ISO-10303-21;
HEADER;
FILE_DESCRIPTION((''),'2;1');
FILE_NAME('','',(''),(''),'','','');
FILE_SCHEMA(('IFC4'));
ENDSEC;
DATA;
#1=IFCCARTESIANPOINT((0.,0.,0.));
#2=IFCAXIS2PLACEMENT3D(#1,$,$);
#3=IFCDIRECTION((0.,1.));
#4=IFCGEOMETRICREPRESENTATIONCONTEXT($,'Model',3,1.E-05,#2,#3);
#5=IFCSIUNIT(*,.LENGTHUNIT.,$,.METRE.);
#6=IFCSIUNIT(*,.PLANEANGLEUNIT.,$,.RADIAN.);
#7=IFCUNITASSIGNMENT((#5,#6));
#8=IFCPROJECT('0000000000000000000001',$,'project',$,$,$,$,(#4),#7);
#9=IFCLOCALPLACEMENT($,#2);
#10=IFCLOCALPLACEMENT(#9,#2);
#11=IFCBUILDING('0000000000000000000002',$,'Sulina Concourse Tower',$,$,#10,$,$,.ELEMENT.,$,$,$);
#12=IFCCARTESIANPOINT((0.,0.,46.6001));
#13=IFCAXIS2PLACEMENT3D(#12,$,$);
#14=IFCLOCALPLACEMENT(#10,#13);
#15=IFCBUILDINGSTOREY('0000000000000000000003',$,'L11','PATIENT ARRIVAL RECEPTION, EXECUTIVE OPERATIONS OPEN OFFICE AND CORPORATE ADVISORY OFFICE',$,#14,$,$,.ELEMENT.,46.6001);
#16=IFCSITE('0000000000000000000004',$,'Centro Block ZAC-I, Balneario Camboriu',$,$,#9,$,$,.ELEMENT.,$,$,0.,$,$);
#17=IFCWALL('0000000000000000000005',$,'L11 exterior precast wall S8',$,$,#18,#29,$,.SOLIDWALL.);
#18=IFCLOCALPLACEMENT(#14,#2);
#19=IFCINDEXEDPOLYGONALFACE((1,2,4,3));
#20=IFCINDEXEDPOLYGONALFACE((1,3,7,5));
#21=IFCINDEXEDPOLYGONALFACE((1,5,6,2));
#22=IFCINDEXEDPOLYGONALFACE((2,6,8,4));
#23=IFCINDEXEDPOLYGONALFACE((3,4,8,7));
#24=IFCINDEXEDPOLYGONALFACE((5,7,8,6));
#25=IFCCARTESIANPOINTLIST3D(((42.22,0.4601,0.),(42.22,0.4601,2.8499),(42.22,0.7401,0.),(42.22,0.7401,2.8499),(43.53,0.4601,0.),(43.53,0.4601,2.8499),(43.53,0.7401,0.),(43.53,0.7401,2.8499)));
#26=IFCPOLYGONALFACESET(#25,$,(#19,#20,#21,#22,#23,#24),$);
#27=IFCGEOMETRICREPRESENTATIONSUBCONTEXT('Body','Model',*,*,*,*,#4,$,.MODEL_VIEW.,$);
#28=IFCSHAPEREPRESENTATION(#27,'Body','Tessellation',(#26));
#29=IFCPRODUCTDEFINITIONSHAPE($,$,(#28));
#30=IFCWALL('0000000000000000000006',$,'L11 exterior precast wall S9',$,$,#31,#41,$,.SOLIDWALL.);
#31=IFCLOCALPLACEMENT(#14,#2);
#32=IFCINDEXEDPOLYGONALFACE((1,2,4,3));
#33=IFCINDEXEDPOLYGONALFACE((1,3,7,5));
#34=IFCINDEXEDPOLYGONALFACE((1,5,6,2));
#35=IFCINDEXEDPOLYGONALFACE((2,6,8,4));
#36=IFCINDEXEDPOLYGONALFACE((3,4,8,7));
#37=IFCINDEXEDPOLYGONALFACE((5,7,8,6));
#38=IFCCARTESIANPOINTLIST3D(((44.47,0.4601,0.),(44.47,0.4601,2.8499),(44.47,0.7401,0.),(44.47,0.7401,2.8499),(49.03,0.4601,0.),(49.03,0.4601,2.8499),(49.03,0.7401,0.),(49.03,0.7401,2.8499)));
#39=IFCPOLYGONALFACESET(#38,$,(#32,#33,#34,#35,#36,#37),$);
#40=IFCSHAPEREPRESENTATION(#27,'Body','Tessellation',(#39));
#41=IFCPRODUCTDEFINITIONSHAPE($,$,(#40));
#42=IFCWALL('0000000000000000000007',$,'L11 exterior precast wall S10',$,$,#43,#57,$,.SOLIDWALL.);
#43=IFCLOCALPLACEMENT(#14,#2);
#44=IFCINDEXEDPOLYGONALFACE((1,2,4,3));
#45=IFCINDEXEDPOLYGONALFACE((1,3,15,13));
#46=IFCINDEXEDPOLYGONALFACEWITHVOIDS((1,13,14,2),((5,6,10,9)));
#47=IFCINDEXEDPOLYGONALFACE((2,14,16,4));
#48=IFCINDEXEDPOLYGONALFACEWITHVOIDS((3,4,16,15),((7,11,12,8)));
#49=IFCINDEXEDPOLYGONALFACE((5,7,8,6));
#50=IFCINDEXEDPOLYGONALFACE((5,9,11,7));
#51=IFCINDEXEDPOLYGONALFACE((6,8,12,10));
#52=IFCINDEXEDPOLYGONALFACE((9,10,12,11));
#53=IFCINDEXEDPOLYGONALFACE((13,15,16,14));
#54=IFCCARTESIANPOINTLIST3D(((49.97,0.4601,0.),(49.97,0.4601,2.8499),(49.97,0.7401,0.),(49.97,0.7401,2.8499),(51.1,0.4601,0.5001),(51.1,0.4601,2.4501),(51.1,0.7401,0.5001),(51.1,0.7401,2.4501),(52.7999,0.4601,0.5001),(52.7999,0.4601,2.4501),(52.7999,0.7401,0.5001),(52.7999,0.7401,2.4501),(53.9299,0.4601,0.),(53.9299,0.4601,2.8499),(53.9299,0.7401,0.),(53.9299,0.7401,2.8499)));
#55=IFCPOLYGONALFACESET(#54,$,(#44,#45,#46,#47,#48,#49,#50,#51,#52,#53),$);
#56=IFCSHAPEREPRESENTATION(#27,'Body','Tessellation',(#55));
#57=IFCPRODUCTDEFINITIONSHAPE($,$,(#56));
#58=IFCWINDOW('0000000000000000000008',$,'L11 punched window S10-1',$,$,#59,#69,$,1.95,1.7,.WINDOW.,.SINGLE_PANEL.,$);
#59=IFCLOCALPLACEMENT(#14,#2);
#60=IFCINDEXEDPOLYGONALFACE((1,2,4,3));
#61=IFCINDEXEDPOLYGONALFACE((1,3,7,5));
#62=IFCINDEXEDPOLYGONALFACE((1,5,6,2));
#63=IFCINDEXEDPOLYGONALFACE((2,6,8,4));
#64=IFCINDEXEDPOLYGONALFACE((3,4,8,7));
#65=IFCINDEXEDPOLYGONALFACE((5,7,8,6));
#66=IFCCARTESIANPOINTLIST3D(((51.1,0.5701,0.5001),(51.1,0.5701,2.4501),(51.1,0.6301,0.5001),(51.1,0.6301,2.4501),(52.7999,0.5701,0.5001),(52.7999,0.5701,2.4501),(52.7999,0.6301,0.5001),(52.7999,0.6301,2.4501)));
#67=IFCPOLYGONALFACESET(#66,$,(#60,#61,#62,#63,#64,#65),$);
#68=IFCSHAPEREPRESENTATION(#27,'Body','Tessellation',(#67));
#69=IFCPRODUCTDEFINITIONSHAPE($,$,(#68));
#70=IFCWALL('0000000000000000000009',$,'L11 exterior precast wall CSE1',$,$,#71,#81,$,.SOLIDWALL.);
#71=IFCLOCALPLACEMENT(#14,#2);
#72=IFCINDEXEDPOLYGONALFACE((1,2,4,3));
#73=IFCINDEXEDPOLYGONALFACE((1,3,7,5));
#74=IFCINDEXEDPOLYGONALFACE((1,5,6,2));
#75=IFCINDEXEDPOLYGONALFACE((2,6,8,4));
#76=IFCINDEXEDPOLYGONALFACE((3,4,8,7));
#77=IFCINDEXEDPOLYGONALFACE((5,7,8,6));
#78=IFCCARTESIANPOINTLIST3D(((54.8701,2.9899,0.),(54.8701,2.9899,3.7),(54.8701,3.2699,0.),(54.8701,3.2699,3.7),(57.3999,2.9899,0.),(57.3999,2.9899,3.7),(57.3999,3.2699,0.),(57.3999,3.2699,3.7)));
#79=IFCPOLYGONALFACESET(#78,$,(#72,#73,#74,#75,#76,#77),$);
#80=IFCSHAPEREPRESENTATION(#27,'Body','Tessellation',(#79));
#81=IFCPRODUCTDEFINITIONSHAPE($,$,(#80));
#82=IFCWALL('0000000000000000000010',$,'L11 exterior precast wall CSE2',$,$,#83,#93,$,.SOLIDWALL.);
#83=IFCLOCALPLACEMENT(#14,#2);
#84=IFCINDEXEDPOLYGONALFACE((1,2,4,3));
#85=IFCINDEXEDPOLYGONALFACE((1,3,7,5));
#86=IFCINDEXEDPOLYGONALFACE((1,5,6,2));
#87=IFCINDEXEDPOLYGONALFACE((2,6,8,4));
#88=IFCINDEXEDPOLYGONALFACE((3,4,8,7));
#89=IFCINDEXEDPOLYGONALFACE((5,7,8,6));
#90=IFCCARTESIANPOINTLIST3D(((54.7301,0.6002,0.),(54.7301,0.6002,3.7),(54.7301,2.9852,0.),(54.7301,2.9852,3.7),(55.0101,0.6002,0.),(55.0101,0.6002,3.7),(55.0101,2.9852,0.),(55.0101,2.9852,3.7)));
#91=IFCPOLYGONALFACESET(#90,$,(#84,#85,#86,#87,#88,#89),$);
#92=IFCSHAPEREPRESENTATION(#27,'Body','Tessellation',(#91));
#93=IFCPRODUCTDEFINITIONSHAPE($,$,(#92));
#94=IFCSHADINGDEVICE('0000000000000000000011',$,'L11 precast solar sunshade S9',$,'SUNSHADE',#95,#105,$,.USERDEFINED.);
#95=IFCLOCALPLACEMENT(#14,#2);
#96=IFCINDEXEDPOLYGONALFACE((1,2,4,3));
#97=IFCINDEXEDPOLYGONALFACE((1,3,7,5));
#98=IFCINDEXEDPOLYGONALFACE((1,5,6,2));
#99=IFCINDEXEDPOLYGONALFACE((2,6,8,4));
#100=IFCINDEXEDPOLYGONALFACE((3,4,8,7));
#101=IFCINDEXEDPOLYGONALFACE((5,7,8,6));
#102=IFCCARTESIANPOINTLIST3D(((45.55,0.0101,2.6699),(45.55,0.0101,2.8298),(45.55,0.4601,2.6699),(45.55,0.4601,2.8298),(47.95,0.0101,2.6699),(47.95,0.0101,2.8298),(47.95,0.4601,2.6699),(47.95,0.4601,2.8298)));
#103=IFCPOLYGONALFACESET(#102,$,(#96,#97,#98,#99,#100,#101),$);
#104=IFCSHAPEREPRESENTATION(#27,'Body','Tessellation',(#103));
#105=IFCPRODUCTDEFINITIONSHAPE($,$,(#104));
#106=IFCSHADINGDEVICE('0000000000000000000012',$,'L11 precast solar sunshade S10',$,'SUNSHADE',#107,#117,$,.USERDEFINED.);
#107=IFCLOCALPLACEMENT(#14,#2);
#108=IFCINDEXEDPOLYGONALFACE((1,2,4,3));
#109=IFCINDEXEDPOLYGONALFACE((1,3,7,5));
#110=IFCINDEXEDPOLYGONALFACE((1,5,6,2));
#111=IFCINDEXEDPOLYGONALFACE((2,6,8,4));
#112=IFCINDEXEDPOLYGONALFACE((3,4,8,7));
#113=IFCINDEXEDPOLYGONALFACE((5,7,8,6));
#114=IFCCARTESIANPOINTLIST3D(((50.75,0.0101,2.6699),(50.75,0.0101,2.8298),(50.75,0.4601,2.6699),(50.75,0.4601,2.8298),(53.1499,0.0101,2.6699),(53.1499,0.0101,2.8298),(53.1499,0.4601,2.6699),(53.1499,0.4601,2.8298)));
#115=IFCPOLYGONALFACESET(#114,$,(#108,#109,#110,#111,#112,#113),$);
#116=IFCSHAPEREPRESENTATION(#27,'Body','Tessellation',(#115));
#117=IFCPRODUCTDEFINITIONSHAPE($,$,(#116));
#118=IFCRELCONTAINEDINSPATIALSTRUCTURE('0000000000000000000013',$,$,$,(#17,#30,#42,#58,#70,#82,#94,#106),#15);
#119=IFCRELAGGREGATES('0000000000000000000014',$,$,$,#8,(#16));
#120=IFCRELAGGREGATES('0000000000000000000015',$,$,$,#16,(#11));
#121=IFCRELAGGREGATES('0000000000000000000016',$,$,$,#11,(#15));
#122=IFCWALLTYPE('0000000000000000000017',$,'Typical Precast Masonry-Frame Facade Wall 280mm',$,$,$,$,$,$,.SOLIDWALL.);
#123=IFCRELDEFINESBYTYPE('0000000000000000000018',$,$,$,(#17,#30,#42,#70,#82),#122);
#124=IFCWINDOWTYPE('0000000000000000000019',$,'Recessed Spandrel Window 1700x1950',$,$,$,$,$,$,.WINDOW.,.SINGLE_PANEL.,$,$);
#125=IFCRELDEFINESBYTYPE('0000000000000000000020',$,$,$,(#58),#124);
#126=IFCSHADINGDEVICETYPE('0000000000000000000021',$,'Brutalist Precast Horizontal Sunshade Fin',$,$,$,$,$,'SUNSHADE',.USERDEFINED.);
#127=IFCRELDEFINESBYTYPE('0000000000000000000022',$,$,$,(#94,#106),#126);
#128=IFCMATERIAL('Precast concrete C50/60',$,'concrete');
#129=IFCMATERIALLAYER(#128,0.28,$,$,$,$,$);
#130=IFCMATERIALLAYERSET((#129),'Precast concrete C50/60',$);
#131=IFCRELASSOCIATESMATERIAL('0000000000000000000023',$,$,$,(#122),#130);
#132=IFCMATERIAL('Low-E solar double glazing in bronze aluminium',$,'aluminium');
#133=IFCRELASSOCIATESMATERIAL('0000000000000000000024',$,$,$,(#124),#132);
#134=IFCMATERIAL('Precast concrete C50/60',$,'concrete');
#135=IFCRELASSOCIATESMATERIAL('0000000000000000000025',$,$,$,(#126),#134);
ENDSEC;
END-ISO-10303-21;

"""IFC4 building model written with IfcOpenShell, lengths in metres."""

from ifc_helpers import new_model, si_unit, direction, frame, frame_2d, origin, origin_2d, place, context, subcontext, project, spatial, rectangle, extrude, material, layer, layer_set, type_object, element, fill, save


model = new_model("IFC4")

# Units and contexts
model_context = context("Model", 3, precision=1e-05, world=origin(), true_north=direction((0.0, 1.0)))
body_context = subcontext(model_context, "Body", "Model", "MODEL_VIEW")
ifc_project = project(units=[si_unit("LENGTHUNIT", "METRE"), si_unit("PLANEANGLEUNIT", "RADIAN")], contexts=[model_context])

# Site, building, storey
site_placement = place(None, origin())
site = spatial("IfcSite", under=ifc_project, at=site_placement, Name="Centro Block ZAC-I, Balneario Camboriu", CompositionType="ELEMENT", RefElevation=0.0)
building_placement = place(site_placement, origin())
building = spatial("IfcBuilding", under=site, at=building_placement, Name="Sulina Concourse Tower", CompositionType="ELEMENT")
storey_placement = place(building_placement, frame((0.0, 0.0, 46.6001)))
storey = spatial("IfcBuildingStorey", under=building, at=storey_placement, Name="L11", Description="PATIENT ARRIVAL RECEPTION, EXECUTIVE OPERATIONS OPEN OFFICE AND CORPORATE ADVISORY OFFICE", CompositionType="ELEMENT", Elevation=46.6001)

# Walls
ifc_material_1 = material(Name="Precast concrete C50/60", Category="concrete")
ifc_layer_1 = layer(ifc_material_1, 0.28)
ifc_layer_set_1 = layer_set([ifc_layer_1], Name="Precast concrete C50/60")
wall_type_1 = type_object("IfcWallType", Name="Typical Precast Masonry-Frame Facade Wall 280mm", PredefinedType="SOLIDWALL", material=ifc_layer_set_1)
wall_1_placement = place(storey_placement, frame((43.53, 0.6001, 0.0), z_axis=(0.0, 0.0, 1.0), x_axis=(-1.0, 0.0, 0.0)))
element("IfcWall", 1, at=wall_1_placement, inside=storey, type_object=wall_type_1, Name="L11 exterior precast wall S8", PredefinedType="SOLIDWALL", context=body_context, shape_type="SweptSolid", body=[
    extrude(rectangle(XDim=1.3101, YDim=0.28, at=frame_2d((0.655, 0.0))), origin(), (0.0, 0.0, 1.0), 2.8499),
])
wall_2_placement = place(storey_placement, frame((49.03, 0.6001, 0.0), z_axis=(0.0, 0.0, 1.0), x_axis=(-1.0, 0.0, 0.0)))
element("IfcWall", 2, at=wall_2_placement, inside=storey, type_object=wall_type_1, Name="L11 exterior precast wall S9", PredefinedType="SOLIDWALL", context=body_context, shape_type="SweptSolid", body=[
    extrude(rectangle(XDim=4.5601, YDim=0.28, at=frame_2d((2.28, 0.0))), origin(), (0.0, 0.0, 1.0), 2.8499),
])

# Wall, opening, window
wall_3_placement = place(storey_placement, frame((53.9299, 0.6001, 0.0), z_axis=(0.0, 0.0, 1.0), x_axis=(-1.0, 0.0, 0.0)))
wall_3 = element("IfcWall", 3, at=wall_3_placement, inside=storey, type_object=wall_type_1, Name="L11 exterior precast wall S10", PredefinedType="SOLIDWALL", context=body_context, shape_type="SweptSolid", body=[
    extrude(rectangle(XDim=3.96, YDim=0.28, at=frame_2d((1.98, 0.0))), origin(), (0.0, 0.0, 1.0), 2.8499),
])
opening_placement = place(wall_3_placement, frame((1.1299, 0.0, 0.5)))
opening = element("IfcOpeningElement", 4, at=opening_placement, cuts=wall_3, PredefinedType="OPENING", context=body_context, shape_type="SweptSolid", body=[
    extrude(rectangle(XDim=1.7, YDim=1.95, at=frame_2d((0.8501, 0.9751))), frame((0.0, 0.1499, 0.0), z_axis=(0.0, -1.0, 0.0), x_axis=(1.0, 0.0, 0.0)), (0.0, 0.0, 1.0), 0.3),
])
ifc_material_2 = material(Name="Low-E solar double glazing in bronze aluminium", Category="aluminium")
window_type = type_object("IfcWindowType", Name="Recessed Spandrel Window 1700x1950", PartitioningType="SINGLE_PANEL", PredefinedType="WINDOW", material=ifc_material_2)
window_placement = place(opening_placement, origin())
window = element("IfcWindow", 5, at=window_placement, inside=storey, type_object=window_type, Name="L11 punched window S10-1", OverallHeight=1.95, OverallWidth=1.7, PartitioningType="SINGLE_PANEL", PredefinedType="WINDOW", context=body_context, shape_type="SweptSolid", body=[
    extrude(rectangle(XDim=1.7, YDim=1.95, at=frame_2d((0.8501, 0.9751))), frame((0.0, 0.03, 0.0), z_axis=(0.0, -1.0, 0.0), x_axis=(1.0, 0.0, 0.0)), (0.0, 0.0, 1.0), 0.0601),
])
fill(opening, window)

# Walls
wall_4_placement = place(storey_placement, frame((57.3999, 3.1299, 0.0), z_axis=(0.0, 0.0, 1.0), x_axis=(-1.0, 0.0, 0.0)))
element("IfcWall", 6, at=wall_4_placement, inside=storey, type_object=wall_type_1, Name="L11 exterior precast wall CSE1", PredefinedType="SOLIDWALL", context=body_context, shape_type="SweptSolid", body=[
    extrude(rectangle(XDim=2.5298, YDim=0.28, at=frame_2d((1.2649, 0.0))), origin(), (0.0, 0.0, 1.0), 3.7),
])
wall_5_placement = place(storey_placement, frame((54.8701, 2.9851, 0.0), z_axis=(0.0, 0.0, 1.0), x_axis=(0.0, -1.0, 0.0)))
element("IfcWall", 7, at=wall_5_placement, inside=storey, type_object=wall_type_1, Name="L11 exterior precast wall CSE2", PredefinedType="SOLIDWALL", context=body_context, shape_type="SweptSolid", body=[
    extrude(rectangle(XDim=2.385, YDim=0.28, at=frame_2d((1.1924, 0.0))), origin(), (0.0, 0.0, 1.0), 3.7),
])

# Shading devices
ifc_material_3 = material(Name="Precast concrete C50/60", Category="concrete")
shading_device_type = type_object("IfcShadingDeviceType", Name="Brutalist Precast Horizontal Sunshade Fin", ElementType="SUNSHADE", PredefinedType="USERDEFINED", material=ifc_material_3)
for number, where, z_axis, x_axis, name in (
    (8, (46.75, 0.2351, 2.6699), (0.0, 0.0, 1.0), (1.0, 0.0, 0.0), "L11 precast solar sunshade S9"),
    (9, (51.95, 0.2351, 2.6699), (0.0, 0.0, 1.0), (1.0, 0.0, 0.0), "L11 precast solar sunshade S10"),
):
    element("IfcShadingDevice", number, at=place(storey_placement, frame(where, z_axis=z_axis, x_axis=x_axis)), inside=storey, type_object=shading_device_type, Name=name, ObjectType="SUNSHADE", PredefinedType="USERDEFINED", context=body_context, shape_type="SweptSolid", body=[
        extrude(rectangle(XDim=2.3999, YDim=0.45, at=origin_2d()), origin(), (0.0, 0.0, 1.0), 0.1599),
    ])

save(model, "model.ifc")
